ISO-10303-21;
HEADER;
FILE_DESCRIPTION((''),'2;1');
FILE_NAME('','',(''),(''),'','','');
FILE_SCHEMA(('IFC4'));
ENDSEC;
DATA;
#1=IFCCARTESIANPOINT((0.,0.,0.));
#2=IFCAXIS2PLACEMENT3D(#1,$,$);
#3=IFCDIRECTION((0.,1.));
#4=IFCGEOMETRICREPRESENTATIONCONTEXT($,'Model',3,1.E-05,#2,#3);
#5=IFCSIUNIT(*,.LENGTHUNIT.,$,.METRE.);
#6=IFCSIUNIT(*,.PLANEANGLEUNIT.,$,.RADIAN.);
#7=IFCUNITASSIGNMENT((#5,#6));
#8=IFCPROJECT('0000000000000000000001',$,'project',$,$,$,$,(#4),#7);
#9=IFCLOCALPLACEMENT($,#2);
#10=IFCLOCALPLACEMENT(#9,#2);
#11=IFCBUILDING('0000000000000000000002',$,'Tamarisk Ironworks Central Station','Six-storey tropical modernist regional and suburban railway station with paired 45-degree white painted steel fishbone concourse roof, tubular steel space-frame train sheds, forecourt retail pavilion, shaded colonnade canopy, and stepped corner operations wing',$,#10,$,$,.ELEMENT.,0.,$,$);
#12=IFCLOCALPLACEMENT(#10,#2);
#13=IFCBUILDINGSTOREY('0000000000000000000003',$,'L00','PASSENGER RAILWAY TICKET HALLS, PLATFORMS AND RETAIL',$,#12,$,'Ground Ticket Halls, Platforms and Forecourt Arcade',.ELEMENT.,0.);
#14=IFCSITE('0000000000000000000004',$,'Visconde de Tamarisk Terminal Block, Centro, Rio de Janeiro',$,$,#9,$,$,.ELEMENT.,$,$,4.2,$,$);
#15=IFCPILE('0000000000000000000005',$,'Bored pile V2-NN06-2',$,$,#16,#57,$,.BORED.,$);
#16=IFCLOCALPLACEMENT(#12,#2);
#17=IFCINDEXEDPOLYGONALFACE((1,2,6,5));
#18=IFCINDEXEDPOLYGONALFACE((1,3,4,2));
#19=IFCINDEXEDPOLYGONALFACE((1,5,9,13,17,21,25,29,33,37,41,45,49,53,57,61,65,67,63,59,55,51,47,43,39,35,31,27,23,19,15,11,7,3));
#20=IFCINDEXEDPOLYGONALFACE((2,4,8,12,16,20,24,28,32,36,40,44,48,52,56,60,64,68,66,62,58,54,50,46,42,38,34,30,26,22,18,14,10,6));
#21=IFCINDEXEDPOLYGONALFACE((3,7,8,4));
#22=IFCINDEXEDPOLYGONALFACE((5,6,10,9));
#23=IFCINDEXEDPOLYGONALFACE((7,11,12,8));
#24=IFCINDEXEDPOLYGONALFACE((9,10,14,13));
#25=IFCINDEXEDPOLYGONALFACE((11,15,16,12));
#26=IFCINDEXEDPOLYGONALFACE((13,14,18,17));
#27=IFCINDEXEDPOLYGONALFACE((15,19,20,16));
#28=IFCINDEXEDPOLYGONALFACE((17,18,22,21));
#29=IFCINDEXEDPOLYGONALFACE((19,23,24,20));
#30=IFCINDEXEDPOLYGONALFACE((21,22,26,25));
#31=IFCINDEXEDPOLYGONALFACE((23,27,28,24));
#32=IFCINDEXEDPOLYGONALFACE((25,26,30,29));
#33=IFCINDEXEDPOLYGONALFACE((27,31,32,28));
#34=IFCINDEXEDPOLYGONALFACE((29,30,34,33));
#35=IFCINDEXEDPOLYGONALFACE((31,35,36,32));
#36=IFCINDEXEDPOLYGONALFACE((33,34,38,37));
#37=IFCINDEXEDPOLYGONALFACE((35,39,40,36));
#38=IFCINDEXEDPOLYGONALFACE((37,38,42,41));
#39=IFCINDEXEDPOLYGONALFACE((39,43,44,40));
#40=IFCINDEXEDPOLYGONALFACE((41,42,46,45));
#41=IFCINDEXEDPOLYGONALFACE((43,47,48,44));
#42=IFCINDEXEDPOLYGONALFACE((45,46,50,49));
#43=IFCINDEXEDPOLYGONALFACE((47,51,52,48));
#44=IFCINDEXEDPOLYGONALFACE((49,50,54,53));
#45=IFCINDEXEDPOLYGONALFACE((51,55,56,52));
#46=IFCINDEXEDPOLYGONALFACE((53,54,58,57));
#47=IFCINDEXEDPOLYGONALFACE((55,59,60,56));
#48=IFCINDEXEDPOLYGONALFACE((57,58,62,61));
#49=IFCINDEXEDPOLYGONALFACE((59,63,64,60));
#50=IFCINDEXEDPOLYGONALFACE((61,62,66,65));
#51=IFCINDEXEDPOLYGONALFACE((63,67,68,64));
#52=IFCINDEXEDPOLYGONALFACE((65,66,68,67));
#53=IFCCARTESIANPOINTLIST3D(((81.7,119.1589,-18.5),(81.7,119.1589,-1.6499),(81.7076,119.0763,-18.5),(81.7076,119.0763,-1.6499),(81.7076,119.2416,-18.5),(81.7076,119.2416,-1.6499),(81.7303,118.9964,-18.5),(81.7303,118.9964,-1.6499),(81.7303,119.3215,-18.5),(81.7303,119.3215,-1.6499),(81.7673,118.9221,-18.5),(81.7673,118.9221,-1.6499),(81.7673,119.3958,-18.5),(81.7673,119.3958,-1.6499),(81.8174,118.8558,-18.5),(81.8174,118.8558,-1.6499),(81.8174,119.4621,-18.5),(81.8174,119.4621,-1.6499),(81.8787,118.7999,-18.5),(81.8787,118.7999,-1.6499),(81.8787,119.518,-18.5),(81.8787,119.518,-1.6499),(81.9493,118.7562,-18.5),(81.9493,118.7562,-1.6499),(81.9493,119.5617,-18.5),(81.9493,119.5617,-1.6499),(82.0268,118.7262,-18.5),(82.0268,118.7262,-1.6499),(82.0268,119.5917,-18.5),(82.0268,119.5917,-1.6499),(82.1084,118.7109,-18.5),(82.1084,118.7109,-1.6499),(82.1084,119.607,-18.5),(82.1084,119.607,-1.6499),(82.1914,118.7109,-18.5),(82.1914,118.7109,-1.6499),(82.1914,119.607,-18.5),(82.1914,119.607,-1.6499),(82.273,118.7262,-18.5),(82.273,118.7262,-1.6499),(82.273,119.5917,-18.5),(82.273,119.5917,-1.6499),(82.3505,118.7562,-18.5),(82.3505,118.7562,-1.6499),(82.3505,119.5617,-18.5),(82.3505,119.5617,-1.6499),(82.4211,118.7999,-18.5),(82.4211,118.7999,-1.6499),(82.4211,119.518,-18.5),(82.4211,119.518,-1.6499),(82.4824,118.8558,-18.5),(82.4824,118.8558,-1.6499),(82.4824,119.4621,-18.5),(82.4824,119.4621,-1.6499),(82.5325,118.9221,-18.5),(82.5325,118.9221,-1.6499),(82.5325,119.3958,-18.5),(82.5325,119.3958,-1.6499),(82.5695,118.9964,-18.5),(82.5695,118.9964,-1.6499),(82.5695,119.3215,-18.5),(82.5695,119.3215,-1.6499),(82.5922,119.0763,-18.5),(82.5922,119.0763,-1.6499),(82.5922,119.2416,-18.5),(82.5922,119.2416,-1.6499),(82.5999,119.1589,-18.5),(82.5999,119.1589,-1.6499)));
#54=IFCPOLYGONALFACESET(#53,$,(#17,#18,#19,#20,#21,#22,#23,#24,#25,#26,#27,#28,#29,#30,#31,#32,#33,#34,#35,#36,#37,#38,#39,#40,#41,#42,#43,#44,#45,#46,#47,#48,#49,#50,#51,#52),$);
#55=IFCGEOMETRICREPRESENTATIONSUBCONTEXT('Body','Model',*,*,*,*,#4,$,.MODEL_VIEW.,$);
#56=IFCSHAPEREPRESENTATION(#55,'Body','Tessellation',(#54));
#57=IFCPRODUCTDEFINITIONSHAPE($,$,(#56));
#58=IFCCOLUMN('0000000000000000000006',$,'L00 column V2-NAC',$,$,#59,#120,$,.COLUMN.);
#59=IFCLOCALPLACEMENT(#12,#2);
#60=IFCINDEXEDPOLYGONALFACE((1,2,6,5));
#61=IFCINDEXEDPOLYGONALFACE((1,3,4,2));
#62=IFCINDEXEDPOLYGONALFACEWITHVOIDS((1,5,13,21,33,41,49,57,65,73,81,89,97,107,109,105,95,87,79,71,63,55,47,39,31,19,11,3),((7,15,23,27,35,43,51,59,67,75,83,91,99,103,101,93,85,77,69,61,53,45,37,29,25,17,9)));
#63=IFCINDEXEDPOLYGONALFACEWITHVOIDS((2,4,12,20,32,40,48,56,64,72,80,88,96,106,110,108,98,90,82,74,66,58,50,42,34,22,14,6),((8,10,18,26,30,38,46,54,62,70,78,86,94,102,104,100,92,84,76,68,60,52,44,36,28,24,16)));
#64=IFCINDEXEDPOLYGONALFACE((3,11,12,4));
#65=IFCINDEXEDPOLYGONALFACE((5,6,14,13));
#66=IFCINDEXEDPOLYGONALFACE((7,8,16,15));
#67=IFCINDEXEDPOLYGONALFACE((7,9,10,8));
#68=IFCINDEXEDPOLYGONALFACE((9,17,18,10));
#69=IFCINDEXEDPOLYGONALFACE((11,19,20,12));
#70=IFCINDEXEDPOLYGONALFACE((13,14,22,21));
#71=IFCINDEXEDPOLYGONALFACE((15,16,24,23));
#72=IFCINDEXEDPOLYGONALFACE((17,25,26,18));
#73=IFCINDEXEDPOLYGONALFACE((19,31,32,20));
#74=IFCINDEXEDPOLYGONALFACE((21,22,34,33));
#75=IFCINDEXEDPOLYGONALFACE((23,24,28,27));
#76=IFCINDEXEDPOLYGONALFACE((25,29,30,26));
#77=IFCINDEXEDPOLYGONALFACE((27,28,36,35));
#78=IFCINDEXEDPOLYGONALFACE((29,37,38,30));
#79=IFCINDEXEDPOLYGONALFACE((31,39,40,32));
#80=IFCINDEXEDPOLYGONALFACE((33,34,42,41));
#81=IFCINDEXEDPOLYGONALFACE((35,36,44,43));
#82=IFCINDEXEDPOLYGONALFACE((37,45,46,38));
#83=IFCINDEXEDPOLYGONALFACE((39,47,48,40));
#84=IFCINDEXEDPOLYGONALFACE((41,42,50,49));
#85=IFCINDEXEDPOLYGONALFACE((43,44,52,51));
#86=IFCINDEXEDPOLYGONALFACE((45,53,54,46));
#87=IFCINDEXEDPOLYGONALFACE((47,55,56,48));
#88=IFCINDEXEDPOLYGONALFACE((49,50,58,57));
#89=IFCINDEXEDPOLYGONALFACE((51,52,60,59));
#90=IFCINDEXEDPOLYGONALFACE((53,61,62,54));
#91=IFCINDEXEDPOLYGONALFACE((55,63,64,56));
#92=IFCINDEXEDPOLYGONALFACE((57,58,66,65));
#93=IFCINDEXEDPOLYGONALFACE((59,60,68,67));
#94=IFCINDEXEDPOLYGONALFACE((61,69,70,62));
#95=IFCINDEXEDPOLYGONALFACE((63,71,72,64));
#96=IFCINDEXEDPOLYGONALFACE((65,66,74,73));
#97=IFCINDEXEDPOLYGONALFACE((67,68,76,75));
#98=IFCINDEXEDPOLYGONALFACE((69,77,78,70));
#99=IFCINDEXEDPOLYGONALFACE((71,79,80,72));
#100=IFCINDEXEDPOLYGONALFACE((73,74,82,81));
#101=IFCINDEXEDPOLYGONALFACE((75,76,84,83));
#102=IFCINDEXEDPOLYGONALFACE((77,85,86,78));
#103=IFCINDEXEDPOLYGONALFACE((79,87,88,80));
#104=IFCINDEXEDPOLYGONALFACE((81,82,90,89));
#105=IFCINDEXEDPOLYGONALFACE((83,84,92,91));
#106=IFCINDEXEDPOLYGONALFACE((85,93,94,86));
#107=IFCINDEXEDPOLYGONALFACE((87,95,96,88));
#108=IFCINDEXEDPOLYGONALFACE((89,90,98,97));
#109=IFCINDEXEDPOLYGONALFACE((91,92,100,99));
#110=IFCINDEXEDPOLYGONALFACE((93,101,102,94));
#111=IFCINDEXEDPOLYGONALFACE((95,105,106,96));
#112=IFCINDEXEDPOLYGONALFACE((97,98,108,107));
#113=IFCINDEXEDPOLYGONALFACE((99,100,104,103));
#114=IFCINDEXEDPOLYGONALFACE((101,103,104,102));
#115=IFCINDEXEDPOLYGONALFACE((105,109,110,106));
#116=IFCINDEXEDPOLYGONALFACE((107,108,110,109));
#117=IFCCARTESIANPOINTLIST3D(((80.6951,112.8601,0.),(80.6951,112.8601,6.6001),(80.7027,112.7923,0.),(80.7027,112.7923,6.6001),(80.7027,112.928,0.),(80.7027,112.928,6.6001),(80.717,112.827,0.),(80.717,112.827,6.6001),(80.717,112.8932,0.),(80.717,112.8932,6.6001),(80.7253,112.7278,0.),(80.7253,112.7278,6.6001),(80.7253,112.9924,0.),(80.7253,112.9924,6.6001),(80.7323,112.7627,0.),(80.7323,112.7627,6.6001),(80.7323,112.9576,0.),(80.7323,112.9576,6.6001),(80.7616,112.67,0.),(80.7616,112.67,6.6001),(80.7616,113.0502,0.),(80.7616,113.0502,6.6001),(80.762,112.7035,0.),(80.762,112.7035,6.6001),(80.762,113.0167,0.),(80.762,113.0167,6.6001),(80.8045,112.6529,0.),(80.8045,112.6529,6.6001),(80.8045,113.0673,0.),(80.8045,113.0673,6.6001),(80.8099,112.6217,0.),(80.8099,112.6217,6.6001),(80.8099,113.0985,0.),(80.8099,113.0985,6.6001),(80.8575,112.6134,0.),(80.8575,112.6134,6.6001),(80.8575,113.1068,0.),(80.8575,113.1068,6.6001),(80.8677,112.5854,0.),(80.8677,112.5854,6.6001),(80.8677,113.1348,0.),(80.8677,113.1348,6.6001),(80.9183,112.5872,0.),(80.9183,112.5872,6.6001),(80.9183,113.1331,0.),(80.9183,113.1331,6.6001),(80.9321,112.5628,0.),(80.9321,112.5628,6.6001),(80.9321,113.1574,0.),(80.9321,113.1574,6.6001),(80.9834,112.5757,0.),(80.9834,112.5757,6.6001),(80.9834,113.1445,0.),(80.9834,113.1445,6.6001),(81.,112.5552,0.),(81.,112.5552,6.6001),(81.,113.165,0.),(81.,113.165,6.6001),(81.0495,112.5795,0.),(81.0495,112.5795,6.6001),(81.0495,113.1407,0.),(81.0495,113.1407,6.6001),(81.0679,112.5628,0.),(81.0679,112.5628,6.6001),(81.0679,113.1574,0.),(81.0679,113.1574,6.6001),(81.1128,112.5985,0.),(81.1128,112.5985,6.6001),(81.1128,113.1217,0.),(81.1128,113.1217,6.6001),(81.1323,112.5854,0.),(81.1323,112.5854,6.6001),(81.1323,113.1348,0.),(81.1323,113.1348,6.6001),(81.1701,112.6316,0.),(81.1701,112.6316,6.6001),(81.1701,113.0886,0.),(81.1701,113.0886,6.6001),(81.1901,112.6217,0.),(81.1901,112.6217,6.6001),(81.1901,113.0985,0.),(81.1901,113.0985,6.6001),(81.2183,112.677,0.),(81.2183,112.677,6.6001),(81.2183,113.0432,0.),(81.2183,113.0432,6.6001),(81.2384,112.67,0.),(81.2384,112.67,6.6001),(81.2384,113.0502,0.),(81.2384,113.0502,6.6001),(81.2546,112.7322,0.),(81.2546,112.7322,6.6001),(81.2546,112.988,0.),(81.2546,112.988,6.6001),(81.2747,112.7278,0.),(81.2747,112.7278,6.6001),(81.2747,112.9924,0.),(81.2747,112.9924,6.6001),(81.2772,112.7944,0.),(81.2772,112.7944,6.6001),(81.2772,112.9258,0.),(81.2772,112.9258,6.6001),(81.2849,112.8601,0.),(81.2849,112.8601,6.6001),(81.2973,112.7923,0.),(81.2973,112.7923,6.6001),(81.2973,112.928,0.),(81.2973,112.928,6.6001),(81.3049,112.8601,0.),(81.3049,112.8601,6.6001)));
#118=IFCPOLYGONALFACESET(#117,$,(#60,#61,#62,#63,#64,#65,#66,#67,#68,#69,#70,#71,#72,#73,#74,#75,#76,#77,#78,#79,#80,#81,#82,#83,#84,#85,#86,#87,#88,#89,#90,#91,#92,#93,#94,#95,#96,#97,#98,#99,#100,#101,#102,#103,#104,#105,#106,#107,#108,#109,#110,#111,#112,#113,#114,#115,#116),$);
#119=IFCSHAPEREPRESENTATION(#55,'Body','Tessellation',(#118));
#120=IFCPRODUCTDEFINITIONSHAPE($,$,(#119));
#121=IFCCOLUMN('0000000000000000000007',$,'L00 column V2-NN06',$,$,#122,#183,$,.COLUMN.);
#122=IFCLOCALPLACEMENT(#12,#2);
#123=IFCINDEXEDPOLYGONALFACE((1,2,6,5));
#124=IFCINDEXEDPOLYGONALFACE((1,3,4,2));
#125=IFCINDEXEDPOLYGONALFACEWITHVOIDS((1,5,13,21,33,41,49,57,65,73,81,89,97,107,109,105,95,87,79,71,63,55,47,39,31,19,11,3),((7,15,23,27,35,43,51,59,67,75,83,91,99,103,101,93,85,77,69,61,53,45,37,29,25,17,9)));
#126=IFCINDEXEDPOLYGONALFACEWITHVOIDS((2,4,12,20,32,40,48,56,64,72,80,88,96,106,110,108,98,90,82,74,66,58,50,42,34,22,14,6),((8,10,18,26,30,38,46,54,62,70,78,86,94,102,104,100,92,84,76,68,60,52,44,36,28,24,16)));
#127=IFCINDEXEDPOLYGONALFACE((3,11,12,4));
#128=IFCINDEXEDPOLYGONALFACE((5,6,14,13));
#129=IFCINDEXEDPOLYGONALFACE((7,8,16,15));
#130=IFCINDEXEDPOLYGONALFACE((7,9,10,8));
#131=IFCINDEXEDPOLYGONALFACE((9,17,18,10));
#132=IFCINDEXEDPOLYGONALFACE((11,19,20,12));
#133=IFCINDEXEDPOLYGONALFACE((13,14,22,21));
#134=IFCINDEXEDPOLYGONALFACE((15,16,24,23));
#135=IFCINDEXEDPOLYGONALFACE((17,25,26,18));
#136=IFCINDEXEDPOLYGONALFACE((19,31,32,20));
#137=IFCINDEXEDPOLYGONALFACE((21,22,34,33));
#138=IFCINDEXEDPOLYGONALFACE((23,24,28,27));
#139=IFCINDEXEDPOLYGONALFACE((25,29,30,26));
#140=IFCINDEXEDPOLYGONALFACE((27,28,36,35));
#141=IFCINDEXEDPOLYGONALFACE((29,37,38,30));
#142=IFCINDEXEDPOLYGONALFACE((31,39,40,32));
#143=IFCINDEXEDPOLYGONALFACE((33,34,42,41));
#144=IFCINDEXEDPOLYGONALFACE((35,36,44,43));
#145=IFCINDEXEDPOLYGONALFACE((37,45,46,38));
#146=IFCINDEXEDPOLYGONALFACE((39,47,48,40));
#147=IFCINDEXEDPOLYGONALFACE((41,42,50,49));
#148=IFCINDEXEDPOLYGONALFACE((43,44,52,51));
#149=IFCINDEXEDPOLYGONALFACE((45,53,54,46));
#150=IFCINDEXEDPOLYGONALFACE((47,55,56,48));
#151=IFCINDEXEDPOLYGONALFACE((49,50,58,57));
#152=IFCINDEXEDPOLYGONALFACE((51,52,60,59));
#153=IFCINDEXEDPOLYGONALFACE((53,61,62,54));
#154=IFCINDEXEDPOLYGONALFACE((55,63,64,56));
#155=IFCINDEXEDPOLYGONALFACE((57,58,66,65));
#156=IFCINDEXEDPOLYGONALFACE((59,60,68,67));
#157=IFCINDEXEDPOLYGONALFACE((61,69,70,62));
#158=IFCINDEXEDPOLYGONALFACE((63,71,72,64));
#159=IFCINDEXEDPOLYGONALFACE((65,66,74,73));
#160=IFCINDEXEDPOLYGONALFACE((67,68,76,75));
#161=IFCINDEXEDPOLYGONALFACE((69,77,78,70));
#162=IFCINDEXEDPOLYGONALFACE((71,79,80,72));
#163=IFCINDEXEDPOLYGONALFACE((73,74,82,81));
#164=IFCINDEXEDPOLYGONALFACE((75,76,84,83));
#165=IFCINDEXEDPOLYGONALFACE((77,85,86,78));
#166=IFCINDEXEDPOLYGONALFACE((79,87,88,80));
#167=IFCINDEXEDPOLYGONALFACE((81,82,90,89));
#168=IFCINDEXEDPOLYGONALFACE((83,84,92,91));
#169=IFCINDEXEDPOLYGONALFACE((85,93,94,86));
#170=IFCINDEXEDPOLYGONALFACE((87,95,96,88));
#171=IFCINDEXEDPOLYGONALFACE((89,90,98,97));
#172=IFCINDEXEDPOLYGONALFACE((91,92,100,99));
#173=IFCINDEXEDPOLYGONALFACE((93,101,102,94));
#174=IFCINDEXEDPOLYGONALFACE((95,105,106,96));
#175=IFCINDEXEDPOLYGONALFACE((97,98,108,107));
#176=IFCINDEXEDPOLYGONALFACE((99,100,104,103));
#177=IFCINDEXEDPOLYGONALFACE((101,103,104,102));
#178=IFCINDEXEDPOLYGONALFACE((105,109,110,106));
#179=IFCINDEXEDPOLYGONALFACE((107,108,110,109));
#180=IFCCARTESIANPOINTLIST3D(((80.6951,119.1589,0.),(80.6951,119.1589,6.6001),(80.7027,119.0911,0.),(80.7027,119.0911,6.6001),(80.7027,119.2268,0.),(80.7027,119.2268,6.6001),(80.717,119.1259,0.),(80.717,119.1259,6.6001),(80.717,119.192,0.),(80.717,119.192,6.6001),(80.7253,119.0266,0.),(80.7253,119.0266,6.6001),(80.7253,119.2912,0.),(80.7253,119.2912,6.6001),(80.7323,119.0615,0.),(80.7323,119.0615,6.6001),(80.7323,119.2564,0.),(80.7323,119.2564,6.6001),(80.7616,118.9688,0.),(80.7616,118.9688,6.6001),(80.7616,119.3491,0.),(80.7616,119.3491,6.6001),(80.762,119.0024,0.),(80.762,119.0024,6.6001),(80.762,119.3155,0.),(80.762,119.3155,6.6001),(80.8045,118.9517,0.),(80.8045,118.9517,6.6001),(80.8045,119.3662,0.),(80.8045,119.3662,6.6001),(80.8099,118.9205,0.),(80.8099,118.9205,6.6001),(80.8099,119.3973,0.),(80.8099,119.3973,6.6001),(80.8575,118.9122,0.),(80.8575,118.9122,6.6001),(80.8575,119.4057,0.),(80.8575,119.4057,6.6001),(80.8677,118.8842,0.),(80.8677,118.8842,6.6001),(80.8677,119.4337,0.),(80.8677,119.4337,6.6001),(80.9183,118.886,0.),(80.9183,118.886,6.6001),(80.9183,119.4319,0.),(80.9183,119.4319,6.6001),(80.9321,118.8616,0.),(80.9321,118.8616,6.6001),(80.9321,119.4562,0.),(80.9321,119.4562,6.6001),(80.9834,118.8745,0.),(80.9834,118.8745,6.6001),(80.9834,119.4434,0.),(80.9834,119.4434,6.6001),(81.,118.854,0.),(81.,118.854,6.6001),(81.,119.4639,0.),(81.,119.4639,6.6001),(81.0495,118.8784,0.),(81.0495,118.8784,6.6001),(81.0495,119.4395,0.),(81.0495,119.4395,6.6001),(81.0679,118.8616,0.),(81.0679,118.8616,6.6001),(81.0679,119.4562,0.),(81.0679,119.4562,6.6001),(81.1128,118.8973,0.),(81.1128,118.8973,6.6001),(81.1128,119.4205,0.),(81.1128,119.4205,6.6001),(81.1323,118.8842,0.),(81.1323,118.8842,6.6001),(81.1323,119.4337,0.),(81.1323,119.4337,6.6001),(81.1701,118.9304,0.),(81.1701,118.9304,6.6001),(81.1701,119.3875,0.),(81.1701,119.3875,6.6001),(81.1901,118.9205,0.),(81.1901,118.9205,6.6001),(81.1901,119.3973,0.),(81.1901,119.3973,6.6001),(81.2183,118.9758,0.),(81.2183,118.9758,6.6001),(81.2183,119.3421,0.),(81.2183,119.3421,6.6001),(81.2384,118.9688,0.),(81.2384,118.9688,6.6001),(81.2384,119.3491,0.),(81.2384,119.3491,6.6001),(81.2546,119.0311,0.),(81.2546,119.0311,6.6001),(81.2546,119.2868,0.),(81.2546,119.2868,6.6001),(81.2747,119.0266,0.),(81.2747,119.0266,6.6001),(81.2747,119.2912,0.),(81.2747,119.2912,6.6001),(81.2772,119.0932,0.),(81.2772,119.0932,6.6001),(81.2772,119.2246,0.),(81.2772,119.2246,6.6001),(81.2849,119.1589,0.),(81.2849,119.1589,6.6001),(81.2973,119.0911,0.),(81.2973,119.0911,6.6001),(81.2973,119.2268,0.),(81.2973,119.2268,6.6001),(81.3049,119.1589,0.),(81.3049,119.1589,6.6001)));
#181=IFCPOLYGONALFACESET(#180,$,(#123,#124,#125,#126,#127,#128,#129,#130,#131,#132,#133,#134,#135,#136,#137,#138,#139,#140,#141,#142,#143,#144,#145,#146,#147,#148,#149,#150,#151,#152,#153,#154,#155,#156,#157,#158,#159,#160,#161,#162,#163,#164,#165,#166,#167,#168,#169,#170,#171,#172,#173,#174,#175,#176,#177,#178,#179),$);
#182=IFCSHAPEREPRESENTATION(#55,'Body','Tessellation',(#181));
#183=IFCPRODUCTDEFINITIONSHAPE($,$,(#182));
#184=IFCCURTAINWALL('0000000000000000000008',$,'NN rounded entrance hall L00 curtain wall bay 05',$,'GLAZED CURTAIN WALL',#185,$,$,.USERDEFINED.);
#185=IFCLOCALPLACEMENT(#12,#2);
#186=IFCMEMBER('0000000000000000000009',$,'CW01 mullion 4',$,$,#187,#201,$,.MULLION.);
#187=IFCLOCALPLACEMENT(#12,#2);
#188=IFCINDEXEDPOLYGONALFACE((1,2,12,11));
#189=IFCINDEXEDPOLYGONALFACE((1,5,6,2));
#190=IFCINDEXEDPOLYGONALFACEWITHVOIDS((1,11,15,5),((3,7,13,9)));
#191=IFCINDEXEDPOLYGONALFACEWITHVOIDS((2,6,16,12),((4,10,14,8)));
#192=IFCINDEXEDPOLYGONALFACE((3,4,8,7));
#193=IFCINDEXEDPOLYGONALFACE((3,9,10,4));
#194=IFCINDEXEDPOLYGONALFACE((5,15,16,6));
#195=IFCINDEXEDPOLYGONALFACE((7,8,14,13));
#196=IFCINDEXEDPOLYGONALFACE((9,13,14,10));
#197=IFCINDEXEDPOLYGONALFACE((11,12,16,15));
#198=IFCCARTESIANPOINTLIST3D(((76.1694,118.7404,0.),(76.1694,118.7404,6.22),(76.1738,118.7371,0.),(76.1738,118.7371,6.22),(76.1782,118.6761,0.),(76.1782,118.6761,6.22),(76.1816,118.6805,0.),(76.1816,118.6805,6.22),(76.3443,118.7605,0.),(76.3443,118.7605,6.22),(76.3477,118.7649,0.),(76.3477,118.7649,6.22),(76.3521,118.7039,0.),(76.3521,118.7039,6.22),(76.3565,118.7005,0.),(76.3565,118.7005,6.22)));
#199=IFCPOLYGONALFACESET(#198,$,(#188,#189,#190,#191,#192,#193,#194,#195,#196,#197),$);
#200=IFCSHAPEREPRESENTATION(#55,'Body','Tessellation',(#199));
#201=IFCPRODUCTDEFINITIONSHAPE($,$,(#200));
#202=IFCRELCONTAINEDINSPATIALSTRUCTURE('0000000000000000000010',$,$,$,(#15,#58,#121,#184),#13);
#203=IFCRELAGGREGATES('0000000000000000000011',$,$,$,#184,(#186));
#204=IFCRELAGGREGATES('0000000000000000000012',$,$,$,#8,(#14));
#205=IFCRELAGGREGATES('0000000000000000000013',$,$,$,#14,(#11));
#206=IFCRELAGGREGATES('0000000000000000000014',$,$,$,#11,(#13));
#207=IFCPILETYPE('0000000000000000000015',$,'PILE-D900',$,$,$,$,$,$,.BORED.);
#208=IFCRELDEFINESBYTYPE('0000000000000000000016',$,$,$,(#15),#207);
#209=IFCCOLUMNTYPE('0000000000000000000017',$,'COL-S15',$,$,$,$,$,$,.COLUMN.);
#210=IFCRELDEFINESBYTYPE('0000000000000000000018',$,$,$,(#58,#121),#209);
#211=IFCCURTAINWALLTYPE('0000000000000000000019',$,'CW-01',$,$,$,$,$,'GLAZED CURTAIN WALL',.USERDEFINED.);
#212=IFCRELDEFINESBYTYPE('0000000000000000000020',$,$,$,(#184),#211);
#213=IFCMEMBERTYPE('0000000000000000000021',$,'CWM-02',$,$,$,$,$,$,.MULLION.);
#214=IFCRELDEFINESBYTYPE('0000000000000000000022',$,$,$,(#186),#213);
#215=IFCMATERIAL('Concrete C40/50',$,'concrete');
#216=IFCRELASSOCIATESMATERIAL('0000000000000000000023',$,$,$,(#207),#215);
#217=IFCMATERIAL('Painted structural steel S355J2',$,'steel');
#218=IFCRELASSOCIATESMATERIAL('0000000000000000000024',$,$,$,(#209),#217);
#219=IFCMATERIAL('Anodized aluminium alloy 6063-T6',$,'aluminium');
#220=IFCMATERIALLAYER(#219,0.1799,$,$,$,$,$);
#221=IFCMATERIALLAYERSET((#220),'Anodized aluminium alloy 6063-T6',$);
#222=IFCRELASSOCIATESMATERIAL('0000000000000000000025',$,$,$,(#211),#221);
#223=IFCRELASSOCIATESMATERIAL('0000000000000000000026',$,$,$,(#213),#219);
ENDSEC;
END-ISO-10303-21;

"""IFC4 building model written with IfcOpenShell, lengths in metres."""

from ifc_helpers import new_model, si_unit, direction, frame, origin, origin_2d, place, context, subcontext, project, spatial, hollow_rectangle, circle, hollow_circle, extrude, material, layer, layer_set, material_profile, profile_set, type_object, element, aggregate, save


model = new_model("IFC4")

# Units and contexts
model_context = context("Model", 3, precision=1e-05, world=origin(), true_north=direction((0.0, 1.0)))
body_context = subcontext(model_context, "Body", "Model", "MODEL_VIEW")
ifc_project = project(units=[si_unit("LENGTHUNIT", "METRE"), si_unit("PLANEANGLEUNIT", "RADIAN")], contexts=[model_context])

# Site, building, storey
site_placement = place(None, origin())
site = spatial("IfcSite", under=ifc_project, at=site_placement, Name="Visconde de Tamarisk Terminal Block, Centro, Rio de Janeiro", CompositionType="ELEMENT", RefElevation=4.2)
building_placement = place(site_placement, origin())
building = spatial("IfcBuilding", under=site, at=building_placement, Name="Tamarisk Ironworks Central Station", Description="Six-storey tropical modernist regional and suburban railway station with paired 45-degree white painted steel fishbone concourse roof, tubular steel space-frame train sheds, forecourt retail pavilion, shaded colonnade canopy, and stepped corner operations wing", CompositionType="ELEMENT", ElevationOfRefHeight=0.0)
storey_placement = place(building_placement, origin())
storey = spatial("IfcBuildingStorey", under=building, at=storey_placement, Name="L00", Description="PASSENGER RAILWAY TICKET HALLS, PLATFORMS AND RETAIL", LongName="Ground Ticket Halls, Platforms and Forecourt Arcade", CompositionType="ELEMENT", Elevation=0.0)

# Shared definitions
ifc_material_1 = material(Name="Concrete C40/50", Category="concrete")

# Pile
ifc_material_profile_1 = material_profile(ifc_material_1, circle(Radius=0.45, at=origin_2d()), Name="BORED PILE D900")
ifc_profile_set_1 = profile_set([ifc_material_profile_1], Name="Concrete C40/50")
pile_type_1 = type_object("IfcPileType", Name="PILE-D900", PredefinedType="BORED", material=ifc_profile_set_1)
for number, where, z_axis, x_axis, name in (
    (1, (82.1499, 119.1589, -1.6499), (0.0, 0.0, -1.0), (1.0, 0.0, 0.0), "Bored pile V2-NN06-2"),
):
    element("IfcPile", number, at=place(storey_placement, frame(where, z_axis=z_axis, x_axis=x_axis)), inside=storey, type_object=pile_type_1, Name=name, PredefinedType="BORED", context=body_context, shape_type="SweptSolid", body=[
        extrude(circle(Radius=0.45, at=origin_2d()), origin(), (0.0, 0.0, 1.0), 16.8501),
    ])

# Columns
ifc_material_2 = material(Name="Painted structural steel S355J2", Category="steel")
ifc_material_profile_2 = material_profile(ifc_material_2, hollow_circle(Radius=0.3049, WallThickness=0.02, at=origin_2d()), Name="CHS 610x20")
ifc_profile_set_2 = profile_set([ifc_material_profile_2], Name="Painted structural steel S355J2")
column_type = type_object("IfcColumnType", Name="COL-S15", PredefinedType="COLUMN", material=ifc_profile_set_2)
for number, where, z_axis, x_axis, name in (
    (2, (81.0, 112.8601, 0.0), (0.0, 0.0, 1.0), (1.0, 0.0, 0.0), "L00 column V2-NAC"),
    (3, (81.0, 119.1589, 0.0), (0.0, 0.0, 1.0), (1.0, 0.0, 0.0), "L00 column V2-NN06"),
):
    element("IfcColumn", number, at=place(storey_placement, frame(where, z_axis=z_axis, x_axis=x_axis)), inside=storey, type_object=column_type, Name=name, PredefinedType="COLUMN", context=body_context, shape_type="SweptSolid", body=[
        extrude(hollow_circle(Radius=0.3049, WallThickness=0.02, at=origin_2d()), origin(), (0.0, 0.0, 1.0), 6.6001),
    ])

# Curtain wall, member
ifc_material_3 = material(Name="Anodized aluminium alloy 6063-T6", Category="aluminium")
ifc_layer_1 = layer(ifc_material_3, 0.1799)
ifc_layer_set_1 = layer_set([ifc_layer_1], Name="Anodized aluminium alloy 6063-T6")
curtain_wall_type = type_object("IfcCurtainWallType", Name="CW-01", ElementType="GLAZED CURTAIN WALL", PredefinedType="USERDEFINED", material=ifc_layer_set_1)
curtain_wall_1_placement = place(storey_placement, origin())
curtain_wall_1 = element("IfcCurtainWall", 4, at=curtain_wall_1_placement, inside=storey, type_object=curtain_wall_type, Name="NN rounded entrance hall L00 curtain wall bay 05", ObjectType="GLAZED CURTAIN WALL", PredefinedType="USERDEFINED")
ifc_material_profile_3 = material_profile(ifc_material_3, hollow_rectangle(XDim=0.0649, YDim=0.1799, WallThickness=0.0039, at=origin_2d()), Name="ALUM 180x65")
ifc_profile_set_3 = profile_set([ifc_material_profile_3], Name="Anodized aluminium alloy 6063-T6")
member_type_1 = type_object("IfcMemberType", Name="CWM-02", PredefinedType="MULLION", material=ifc_profile_set_3)
member_1_placement = place(storey_placement, frame((76.2629, 118.7205, 0.0), z_axis=(0.0, 0.0, 1.0), x_axis=(-0.136042, 0.990703, 0.0)))
member_1 = element("IfcMember", 5, at=member_1_placement, type_object=member_type_1, Name="CW01 mullion 4", PredefinedType="MULLION", context=body_context, shape_type="SweptSolid", body=[
    extrude(hollow_rectangle(XDim=0.0649, YDim=0.1799, WallThickness=0.0039, at=origin_2d()), origin(), (0.0, 0.0, 1.0), 6.22),
])

aggregate(curtain_wall_1, [member_1])

save(model, "model.ifc")
